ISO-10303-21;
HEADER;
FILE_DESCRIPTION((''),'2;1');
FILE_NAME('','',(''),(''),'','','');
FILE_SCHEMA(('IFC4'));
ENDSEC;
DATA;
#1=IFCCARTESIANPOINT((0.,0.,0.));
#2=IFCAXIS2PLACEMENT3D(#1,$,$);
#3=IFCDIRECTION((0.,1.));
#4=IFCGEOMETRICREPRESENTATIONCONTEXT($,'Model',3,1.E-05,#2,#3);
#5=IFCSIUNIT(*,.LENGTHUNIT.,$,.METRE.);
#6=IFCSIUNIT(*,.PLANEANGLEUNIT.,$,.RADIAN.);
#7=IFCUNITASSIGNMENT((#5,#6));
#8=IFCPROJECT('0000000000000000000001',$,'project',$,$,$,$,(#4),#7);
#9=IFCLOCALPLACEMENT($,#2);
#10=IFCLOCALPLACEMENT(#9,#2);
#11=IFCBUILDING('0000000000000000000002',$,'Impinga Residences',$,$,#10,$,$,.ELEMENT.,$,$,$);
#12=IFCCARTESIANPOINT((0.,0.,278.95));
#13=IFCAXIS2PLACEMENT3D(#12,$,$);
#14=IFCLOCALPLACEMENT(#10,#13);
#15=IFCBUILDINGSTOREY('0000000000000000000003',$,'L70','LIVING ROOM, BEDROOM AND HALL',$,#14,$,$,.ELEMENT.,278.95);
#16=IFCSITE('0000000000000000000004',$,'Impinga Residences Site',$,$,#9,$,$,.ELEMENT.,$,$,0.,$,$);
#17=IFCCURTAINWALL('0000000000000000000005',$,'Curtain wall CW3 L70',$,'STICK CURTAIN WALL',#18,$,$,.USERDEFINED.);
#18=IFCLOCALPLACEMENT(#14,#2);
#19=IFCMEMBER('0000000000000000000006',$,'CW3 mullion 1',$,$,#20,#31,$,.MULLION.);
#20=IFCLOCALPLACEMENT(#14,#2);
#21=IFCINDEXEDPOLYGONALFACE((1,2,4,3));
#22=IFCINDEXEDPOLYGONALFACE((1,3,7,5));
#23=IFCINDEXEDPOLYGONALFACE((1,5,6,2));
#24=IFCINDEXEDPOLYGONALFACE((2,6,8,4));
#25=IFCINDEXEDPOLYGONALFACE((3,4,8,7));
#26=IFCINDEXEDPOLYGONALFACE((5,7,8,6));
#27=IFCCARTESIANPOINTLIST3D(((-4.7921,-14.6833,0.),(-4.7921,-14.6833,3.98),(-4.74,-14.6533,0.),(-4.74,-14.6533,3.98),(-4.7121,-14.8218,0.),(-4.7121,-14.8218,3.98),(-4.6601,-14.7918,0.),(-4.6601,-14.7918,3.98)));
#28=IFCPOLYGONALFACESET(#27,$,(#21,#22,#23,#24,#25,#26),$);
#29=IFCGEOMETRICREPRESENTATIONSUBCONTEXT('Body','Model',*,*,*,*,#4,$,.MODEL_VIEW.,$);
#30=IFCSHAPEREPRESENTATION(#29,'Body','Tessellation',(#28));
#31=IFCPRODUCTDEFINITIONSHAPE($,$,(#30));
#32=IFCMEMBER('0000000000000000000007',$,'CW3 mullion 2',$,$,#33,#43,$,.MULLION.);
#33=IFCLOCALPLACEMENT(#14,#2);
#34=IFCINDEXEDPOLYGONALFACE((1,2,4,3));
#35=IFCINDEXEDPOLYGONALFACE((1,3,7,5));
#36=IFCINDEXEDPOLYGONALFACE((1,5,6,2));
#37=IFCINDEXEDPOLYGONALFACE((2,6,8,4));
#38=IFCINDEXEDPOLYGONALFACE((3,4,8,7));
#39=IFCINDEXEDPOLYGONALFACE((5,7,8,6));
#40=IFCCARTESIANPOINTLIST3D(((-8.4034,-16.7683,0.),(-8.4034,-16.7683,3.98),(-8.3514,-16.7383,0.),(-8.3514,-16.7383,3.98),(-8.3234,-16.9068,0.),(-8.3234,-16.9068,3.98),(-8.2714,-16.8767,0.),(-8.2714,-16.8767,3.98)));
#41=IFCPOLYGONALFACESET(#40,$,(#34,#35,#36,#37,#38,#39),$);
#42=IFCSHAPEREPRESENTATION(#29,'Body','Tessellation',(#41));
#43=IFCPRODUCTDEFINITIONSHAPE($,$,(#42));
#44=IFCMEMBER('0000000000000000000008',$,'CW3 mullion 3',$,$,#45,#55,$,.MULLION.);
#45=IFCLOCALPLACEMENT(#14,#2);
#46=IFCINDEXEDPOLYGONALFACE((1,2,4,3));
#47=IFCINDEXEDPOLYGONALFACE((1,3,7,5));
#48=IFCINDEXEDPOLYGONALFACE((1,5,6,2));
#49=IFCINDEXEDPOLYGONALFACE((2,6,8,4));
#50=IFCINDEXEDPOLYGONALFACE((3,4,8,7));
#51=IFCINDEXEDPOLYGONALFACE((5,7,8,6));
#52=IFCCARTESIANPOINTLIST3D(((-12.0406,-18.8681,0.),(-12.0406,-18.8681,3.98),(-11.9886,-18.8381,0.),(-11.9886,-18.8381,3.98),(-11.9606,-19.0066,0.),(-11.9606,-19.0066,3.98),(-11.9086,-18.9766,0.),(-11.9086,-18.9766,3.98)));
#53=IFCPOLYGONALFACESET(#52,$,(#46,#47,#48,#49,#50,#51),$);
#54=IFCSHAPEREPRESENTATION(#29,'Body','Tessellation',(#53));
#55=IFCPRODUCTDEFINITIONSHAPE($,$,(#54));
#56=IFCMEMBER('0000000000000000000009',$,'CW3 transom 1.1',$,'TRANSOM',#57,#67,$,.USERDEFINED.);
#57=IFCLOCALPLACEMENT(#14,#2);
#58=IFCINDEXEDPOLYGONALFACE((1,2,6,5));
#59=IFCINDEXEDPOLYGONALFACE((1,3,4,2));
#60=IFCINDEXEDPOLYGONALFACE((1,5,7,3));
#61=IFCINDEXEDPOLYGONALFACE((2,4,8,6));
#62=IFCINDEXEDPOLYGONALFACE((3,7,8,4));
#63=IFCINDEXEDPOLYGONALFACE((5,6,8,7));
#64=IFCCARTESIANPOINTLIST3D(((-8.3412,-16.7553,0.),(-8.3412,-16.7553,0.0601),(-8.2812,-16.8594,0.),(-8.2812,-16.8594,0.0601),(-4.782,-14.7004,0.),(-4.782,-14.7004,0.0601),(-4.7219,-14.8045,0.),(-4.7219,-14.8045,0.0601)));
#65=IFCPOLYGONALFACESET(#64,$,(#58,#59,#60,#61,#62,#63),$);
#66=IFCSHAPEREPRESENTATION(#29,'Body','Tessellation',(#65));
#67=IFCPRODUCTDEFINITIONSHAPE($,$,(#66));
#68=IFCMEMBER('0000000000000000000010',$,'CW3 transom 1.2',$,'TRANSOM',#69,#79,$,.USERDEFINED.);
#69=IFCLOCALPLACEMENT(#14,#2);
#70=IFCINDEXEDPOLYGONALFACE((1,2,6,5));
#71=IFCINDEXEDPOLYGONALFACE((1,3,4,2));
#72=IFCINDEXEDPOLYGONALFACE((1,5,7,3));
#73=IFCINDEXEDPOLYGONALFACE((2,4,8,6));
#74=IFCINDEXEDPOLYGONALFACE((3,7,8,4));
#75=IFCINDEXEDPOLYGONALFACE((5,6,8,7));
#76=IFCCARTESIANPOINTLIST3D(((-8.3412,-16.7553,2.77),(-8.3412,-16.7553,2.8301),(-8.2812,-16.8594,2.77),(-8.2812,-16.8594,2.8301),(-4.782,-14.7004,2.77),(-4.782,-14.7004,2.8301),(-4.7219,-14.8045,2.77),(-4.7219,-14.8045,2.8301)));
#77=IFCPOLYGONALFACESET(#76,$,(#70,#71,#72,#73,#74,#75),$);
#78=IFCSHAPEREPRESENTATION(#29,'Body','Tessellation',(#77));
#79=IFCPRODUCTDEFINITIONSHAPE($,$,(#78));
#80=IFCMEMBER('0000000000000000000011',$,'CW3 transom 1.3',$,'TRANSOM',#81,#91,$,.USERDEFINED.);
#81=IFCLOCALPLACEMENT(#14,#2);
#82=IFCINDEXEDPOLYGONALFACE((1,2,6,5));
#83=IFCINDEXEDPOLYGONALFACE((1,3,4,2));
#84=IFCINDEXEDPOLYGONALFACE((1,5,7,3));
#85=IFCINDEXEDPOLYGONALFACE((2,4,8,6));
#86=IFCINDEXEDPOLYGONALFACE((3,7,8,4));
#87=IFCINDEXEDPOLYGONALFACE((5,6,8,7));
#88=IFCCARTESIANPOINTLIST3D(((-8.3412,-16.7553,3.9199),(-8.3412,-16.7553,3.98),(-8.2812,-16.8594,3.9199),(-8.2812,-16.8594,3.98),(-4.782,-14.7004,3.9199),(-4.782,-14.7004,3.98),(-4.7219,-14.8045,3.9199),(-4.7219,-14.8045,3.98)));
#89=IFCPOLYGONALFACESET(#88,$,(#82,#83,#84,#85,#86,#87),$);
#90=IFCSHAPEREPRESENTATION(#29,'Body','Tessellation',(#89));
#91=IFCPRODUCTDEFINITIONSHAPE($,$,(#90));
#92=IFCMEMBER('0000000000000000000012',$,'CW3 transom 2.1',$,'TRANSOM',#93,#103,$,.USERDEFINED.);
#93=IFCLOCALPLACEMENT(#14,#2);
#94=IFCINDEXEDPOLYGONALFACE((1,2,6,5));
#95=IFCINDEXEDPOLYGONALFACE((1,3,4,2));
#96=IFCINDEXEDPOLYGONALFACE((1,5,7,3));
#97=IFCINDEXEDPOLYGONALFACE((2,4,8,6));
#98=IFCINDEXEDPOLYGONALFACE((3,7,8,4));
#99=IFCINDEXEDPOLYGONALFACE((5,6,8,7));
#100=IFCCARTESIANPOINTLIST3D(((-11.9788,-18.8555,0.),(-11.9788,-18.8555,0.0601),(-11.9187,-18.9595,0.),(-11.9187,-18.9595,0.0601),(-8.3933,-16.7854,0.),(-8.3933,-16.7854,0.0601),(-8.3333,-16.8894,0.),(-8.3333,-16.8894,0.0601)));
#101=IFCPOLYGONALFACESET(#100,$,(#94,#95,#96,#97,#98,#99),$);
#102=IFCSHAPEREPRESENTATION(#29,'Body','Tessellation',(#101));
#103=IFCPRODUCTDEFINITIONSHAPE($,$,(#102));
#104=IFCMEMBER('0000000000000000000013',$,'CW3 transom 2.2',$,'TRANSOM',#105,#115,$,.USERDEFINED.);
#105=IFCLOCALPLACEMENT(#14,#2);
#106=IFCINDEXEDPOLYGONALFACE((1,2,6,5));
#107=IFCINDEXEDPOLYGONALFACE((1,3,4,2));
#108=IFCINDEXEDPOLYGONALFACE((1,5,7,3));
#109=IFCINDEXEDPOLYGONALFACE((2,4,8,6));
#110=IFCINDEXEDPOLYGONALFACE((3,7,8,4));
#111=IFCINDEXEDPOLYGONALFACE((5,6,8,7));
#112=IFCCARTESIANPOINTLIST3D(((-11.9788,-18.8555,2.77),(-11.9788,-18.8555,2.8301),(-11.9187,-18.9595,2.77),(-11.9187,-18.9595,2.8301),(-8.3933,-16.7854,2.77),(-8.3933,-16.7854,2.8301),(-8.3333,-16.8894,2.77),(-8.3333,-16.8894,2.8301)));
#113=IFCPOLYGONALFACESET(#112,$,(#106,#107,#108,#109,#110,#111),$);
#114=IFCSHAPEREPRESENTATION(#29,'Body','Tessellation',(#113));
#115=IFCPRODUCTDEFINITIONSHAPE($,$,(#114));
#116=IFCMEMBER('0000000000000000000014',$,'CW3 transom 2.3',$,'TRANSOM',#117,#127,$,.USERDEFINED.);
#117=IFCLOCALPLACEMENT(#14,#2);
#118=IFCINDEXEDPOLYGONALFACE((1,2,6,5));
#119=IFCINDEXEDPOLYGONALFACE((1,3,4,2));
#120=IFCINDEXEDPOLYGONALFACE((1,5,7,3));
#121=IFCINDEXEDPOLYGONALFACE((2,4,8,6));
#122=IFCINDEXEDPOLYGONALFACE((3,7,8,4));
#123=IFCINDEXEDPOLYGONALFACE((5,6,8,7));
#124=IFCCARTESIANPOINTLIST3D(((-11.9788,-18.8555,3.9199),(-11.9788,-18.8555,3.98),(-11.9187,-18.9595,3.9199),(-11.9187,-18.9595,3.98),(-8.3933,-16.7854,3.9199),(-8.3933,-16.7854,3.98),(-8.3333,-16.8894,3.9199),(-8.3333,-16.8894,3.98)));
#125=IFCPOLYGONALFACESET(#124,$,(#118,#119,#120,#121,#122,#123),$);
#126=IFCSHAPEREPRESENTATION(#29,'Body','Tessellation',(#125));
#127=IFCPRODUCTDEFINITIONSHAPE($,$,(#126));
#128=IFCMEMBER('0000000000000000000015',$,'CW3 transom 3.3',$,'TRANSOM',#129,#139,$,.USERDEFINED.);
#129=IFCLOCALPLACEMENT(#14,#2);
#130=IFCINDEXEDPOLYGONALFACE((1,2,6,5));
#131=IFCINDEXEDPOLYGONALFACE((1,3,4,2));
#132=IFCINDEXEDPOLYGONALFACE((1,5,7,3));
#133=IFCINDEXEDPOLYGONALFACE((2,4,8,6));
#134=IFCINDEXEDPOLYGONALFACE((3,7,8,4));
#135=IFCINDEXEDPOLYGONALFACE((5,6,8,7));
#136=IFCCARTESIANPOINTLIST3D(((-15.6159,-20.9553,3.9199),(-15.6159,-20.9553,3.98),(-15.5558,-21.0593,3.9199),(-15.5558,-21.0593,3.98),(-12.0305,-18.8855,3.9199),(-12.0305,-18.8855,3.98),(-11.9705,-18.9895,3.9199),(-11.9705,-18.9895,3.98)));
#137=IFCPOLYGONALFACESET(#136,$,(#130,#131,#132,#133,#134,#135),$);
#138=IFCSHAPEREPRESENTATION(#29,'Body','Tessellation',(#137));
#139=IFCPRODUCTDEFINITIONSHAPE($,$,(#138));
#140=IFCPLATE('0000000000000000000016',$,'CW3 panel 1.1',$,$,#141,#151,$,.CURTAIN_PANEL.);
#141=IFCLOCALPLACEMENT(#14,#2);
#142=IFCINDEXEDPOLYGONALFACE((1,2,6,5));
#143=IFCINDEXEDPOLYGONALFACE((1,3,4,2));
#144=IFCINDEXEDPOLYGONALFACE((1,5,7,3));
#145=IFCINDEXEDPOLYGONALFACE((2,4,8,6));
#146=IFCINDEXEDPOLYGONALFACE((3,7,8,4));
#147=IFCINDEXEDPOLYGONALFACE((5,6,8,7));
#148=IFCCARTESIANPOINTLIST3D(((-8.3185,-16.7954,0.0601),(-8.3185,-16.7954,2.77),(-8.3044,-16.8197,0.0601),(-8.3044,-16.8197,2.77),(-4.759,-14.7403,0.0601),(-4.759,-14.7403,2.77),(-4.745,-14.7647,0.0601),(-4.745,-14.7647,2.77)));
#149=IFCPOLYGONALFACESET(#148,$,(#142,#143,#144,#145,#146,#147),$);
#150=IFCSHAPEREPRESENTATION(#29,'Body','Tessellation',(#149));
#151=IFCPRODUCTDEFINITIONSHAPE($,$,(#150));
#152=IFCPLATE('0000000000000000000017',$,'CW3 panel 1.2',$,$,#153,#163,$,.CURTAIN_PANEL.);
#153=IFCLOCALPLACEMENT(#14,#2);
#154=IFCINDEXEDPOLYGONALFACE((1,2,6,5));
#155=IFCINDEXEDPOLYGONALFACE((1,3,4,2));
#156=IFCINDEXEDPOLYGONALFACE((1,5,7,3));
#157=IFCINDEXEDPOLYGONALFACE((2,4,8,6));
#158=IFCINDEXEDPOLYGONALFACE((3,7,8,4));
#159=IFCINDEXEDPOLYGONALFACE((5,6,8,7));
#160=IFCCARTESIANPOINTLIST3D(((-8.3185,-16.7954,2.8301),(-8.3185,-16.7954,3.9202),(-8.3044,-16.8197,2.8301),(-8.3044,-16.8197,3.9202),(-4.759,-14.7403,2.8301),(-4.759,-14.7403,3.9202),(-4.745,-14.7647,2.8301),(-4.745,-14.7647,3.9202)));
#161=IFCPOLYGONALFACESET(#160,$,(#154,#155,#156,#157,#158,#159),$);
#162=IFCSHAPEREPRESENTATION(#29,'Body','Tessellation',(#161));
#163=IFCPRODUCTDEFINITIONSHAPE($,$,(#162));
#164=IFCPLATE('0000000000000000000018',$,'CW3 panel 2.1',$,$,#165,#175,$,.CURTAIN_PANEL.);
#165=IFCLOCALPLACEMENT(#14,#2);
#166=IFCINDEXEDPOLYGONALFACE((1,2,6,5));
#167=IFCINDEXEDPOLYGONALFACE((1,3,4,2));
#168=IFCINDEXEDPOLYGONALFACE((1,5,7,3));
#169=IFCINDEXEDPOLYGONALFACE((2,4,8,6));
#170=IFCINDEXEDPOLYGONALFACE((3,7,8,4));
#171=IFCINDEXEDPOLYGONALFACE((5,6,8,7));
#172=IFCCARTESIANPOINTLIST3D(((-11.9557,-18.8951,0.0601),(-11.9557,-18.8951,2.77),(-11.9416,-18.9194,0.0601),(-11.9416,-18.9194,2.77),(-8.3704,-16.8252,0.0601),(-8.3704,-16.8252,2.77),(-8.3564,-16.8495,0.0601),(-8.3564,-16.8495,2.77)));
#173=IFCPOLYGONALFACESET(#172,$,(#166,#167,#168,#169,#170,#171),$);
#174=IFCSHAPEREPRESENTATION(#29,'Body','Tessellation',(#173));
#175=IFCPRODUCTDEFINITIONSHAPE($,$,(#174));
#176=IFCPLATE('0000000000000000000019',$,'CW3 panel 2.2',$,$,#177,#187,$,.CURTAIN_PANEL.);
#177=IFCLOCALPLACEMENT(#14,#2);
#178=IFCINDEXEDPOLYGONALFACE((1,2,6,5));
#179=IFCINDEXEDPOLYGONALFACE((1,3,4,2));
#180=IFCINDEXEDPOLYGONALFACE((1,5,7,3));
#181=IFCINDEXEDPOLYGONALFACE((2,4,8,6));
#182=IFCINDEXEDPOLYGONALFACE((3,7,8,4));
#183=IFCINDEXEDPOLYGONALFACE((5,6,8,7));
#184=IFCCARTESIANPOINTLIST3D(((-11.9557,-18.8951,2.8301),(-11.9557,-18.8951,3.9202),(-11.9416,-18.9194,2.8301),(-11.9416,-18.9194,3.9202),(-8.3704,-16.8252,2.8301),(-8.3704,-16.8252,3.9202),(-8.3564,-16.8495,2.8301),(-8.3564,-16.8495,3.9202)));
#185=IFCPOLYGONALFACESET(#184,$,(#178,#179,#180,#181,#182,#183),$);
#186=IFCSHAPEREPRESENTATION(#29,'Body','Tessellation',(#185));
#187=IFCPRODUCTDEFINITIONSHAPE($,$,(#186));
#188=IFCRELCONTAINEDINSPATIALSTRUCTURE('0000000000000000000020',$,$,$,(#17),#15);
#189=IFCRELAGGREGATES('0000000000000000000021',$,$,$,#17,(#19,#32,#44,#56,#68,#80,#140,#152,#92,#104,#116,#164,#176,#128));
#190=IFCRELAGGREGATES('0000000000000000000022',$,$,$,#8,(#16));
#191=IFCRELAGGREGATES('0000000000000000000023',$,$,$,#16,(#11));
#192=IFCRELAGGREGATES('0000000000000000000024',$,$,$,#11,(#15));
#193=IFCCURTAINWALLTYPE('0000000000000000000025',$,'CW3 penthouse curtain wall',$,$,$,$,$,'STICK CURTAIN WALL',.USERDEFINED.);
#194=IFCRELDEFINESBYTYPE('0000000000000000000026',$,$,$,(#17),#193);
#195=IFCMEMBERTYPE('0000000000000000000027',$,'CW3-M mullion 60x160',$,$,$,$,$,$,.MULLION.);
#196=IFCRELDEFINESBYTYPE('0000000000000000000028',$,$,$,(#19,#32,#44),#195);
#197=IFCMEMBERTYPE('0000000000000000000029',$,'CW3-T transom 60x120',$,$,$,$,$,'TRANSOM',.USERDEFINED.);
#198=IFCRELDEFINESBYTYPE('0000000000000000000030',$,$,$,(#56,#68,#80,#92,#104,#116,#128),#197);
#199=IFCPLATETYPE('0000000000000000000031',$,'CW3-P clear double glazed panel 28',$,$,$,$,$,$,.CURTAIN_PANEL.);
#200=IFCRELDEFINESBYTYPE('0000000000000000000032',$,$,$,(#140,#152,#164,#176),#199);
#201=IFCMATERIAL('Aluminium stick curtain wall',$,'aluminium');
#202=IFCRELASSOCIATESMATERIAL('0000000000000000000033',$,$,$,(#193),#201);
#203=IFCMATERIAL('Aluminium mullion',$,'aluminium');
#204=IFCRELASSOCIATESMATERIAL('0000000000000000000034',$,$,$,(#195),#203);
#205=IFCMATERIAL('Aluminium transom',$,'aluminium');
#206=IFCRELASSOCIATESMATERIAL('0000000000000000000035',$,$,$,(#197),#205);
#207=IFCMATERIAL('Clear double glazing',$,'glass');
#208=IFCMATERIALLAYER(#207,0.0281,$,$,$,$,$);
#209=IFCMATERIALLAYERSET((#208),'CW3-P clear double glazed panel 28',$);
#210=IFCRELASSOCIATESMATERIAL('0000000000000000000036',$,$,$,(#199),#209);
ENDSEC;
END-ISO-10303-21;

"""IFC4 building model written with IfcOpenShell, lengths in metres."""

from ifc_helpers import new_model, si_unit, direction, frame, origin, origin_2d, place, context, subcontext, project, spatial, rectangle, extrude, material, layer, layer_set, material_profile, profile_set, type_object, element, aggregate, save


model = new_model("IFC4")

# Units and contexts
model_context = context("Model", 3, precision=1e-05, world=origin(), true_north=direction((0.0, 1.0)))
body_context = subcontext(model_context, "Body", "Model", "MODEL_VIEW")
ifc_project = project(units=[si_unit("LENGTHUNIT", "METRE"), si_unit("PLANEANGLEUNIT", "RADIAN")], contexts=[model_context])

# Site, building, storey
site_placement = place(None, origin())
site = spatial("IfcSite", under=ifc_project, at=site_placement, Name="Impinga Residences Site", CompositionType="ELEMENT", RefElevation=0.0)
building_placement = place(site_placement, origin())
building = spatial("IfcBuilding", under=site, at=building_placement, Name="Impinga Residences", CompositionType="ELEMENT")
storey_placement = place(building_placement, frame((0.0, 0.0, 278.95)))
storey = spatial("IfcBuildingStorey", under=building, at=storey_placement, Name="L70", Description="LIVING ROOM, BEDROOM AND HALL", CompositionType="ELEMENT", Elevation=278.95)

# Curtain wall, members, plates
ifc_material_1 = material(Name="Aluminium stick curtain wall", Category="aluminium")
curtain_wall_type = type_object("IfcCurtainWallType", Name="CW3 penthouse curtain wall", ElementType="STICK CURTAIN WALL", PredefinedType="USERDEFINED", material=ifc_material_1)
curtain_wall_placement = place(storey_placement, origin())
curtain_wall = element("IfcCurtainWall", 1, at=curtain_wall_placement, inside=storey, type_object=curtain_wall_type, Name="Curtain wall CW3 L70", ObjectType="STICK CURTAIN WALL", PredefinedType="USERDEFINED")
ifc_material_2 = material(Name="Aluminium mullion", Category="aluminium")
ifc_material_profile_1 = material_profile(ifc_material_2, rectangle(XDim=0.0601, YDim=0.1599, at=origin_2d()), Name="60x160 mullion")
ifc_profile_set_1 = profile_set([ifc_material_profile_1], Name="Aluminium mullion")
member_type_1 = type_object("IfcMemberType", Name="CW3-M mullion 60x160", PredefinedType="MULLION", material=ifc_profile_set_1)
member_1_placement = place(storey_placement, frame((-4.7261, -14.7375, 0.0), z_axis=(0.0, 0.0, 1.0), x_axis=(-0.866025, -0.5, 0.0)))
member_1 = element("IfcMember", 2, at=member_1_placement, type_object=member_type_1, Name="CW3 mullion 1", PredefinedType="MULLION", context=body_context, shape_type="SweptSolid", body=[
    extrude(rectangle(XDim=0.0601, YDim=0.1599, at=origin_2d()), origin(), (0.0, 0.0, 1.0), 3.98),
])
member_2_placement = place(storey_placement, frame((-8.3374, -16.8225, 0.0), z_axis=(0.0, 0.0, 1.0), x_axis=(-0.866025, -0.5, 0.0)))
member_2 = element("IfcMember", 3, at=member_2_placement, type_object=member_type_1, Name="CW3 mullion 2", PredefinedType="MULLION", context=body_context, shape_type="SweptSolid", body=[
    extrude(rectangle(XDim=0.0601, YDim=0.1599, at=origin_2d()), origin(), (0.0, 0.0, 1.0), 3.98),
])
member_3_placement = place(storey_placement, frame((-11.9746, -18.9224, 0.0), z_axis=(0.0, 0.0, 1.0), x_axis=(-0.866025, -0.5, 0.0)))
member_3 = element("IfcMember", 4, at=member_3_placement, type_object=member_type_1, Name="CW3 mullion 3", PredefinedType="MULLION", context=body_context, shape_type="SweptSolid", body=[
    extrude(rectangle(XDim=0.0601, YDim=0.1599, at=origin_2d()), origin(), (0.0, 0.0, 1.0), 3.98),
])
ifc_material_3 = material(Name="Aluminium transom", Category="aluminium")
ifc_material_profile_2 = material_profile(ifc_material_3, rectangle(XDim=0.0601, YDim=0.1201, at=origin_2d()), Name="60x120 transom")
ifc_profile_set_2 = profile_set([ifc_material_profile_2], Name="Aluminium transom")
member_type_2 = type_object("IfcMemberType", Name="CW3-T transom 60x120", ElementType="TRANSOM", PredefinedType="USERDEFINED", material=ifc_profile_set_2)
member_4_placement = place(storey_placement, frame((-4.752, -14.7524, 0.03), z_axis=(-0.86603, -0.499992, 0.0), x_axis=(0.0, 0.0, 1.0)))
member_4 = element("IfcMember", 5, at=member_4_placement, type_object=member_type_2, Name="CW3 transom 1.1", ObjectType="TRANSOM", PredefinedType="USERDEFINED", context=body_context, shape_type="SweptSolid", body=[
    extrude(rectangle(XDim=0.0601, YDim=0.1201, at=origin_2d()), origin(), (0.0, 0.0, 1.0), 4.1099),
])
member_5_placement = place(storey_placement, frame((-4.752, -14.7524, 2.8), z_axis=(-0.86603, -0.499992, 0.0), x_axis=(0.0, 0.0, 1.0)))
member_5 = element("IfcMember", 6, at=member_5_placement, type_object=member_type_2, Name="CW3 transom 1.2", ObjectType="TRANSOM", PredefinedType="USERDEFINED", context=body_context, shape_type="SweptSolid", body=[
    extrude(rectangle(XDim=0.0601, YDim=0.1201, at=origin_2d()), origin(), (0.0, 0.0, 1.0), 4.1099),
])
member_6_placement = place(storey_placement, frame((-4.752, -14.7524, 3.95), z_axis=(-0.86603, -0.499992, 0.0), x_axis=(0.0, 0.0, 1.0)))
member_6 = element("IfcMember", 7, at=member_6_placement, type_object=member_type_2, Name="CW3 transom 1.3", ObjectType="TRANSOM", PredefinedType="USERDEFINED", context=body_context, shape_type="SweptSolid", body=[
    extrude(rectangle(XDim=0.0601, YDim=0.1201, at=origin_2d()), origin(), (0.0, 0.0, 1.0), 4.1099),
])
member_7_placement = place(storey_placement, frame((-8.3633, -16.8374, 0.03), z_axis=(-0.866025, -0.500002, 0.0), x_axis=(0.0, 0.0, 1.0)))
member_7 = element("IfcMember", 8, at=member_7_placement, type_object=member_type_2, Name="CW3 transom 2.1", ObjectType="TRANSOM", PredefinedType="USERDEFINED", context=body_context, shape_type="SweptSolid", body=[
    extrude(rectangle(XDim=0.0601, YDim=0.1201, at=origin_2d()), origin(), (0.0, 0.0, 1.0), 4.1401),
])
member_8_placement = place(storey_placement, frame((-8.3633, -16.8374, 2.8), z_axis=(-0.866025, -0.500002, 0.0), x_axis=(0.0, 0.0, 1.0)))
member_8 = element("IfcMember", 9, at=member_8_placement, type_object=member_type_2, Name="CW3 transom 2.2", ObjectType="TRANSOM", PredefinedType="USERDEFINED", context=body_context, shape_type="SweptSolid", body=[
    extrude(rectangle(XDim=0.0601, YDim=0.1201, at=origin_2d()), origin(), (0.0, 0.0, 1.0), 4.1401),
])
member_9_placement = place(storey_placement, frame((-8.3633, -16.8374, 3.95), z_axis=(-0.866025, -0.500002, 0.0), x_axis=(0.0, 0.0, 1.0)))
member_9 = element("IfcMember", 10, at=member_9_placement, type_object=member_type_2, Name="CW3 transom 2.3", ObjectType="TRANSOM", PredefinedType="USERDEFINED", context=body_context, shape_type="SweptSolid", body=[
    extrude(rectangle(XDim=0.0601, YDim=0.1201, at=origin_2d()), origin(), (0.0, 0.0, 1.0), 4.1401),
])
member_10_placement = place(storey_placement, frame((-12.0005, -18.9375, 3.95), z_axis=(-0.86605, -0.499957, 0.0), x_axis=(0.0, 0.0, 1.0)))
member_10 = element("IfcMember", 11, at=member_10_placement, type_object=member_type_2, Name="CW3 transom 3.3", ObjectType="TRANSOM", PredefinedType="USERDEFINED", context=body_context, shape_type="SweptSolid", body=[
    extrude(rectangle(XDim=0.0601, YDim=0.1201, at=origin_2d()), origin(), (0.0, 0.0, 1.0), 4.1399),
])
ifc_material_4 = material(Name="Clear double glazing", Category="glass")
ifc_layer_1 = layer(ifc_material_4, 0.0281)
ifc_layer_set_1 = layer_set([ifc_layer_1], Name="CW3-P clear double glazed panel 28")
plate_type = type_object("IfcPlateType", Name="CW3-P clear double glazed panel 28", PredefinedType="CURTAIN_PANEL", material=ifc_layer_set_1)
plate_1_placement = place(storey_placement, frame((-6.5317, -15.78, 0.0601), z_axis=(0.0, 0.0, 1.0), x_axis=(-0.866025, -0.5, 0.0)))
plate_1 = element("IfcPlate", 12, at=plate_1_placement, type_object=plate_type, Name="CW3 panel 1.1", PredefinedType="CURTAIN_PANEL", context=body_context, shape_type="SweptSolid", body=[
    extrude(rectangle(XDim=4.1101, YDim=0.0281, at=origin_2d()), origin(), (0.0, 0.0, 1.0), 2.71),
])
plate_2_placement = place(storey_placement, frame((-6.5317, -15.78, 2.8301), z_axis=(0.0, 0.0, 1.0), x_axis=(-0.866025, -0.5, 0.0)))
plate_2 = element("IfcPlate", 13, at=plate_2_placement, type_object=plate_type, Name="CW3 panel 1.2", PredefinedType="CURTAIN_PANEL", context=body_context, shape_type="SweptSolid", body=[
    extrude(rectangle(XDim=4.1101, YDim=0.0281, at=origin_2d()), origin(), (0.0, 0.0, 1.0), 1.0901),
])
plate_3_placement = place(storey_placement, frame((-10.156, -17.8723, 0.0601), z_axis=(0.0, 0.0, 1.0), x_axis=(-0.866025, -0.5, 0.0)))
plate_3 = element("IfcPlate", 14, at=plate_3_placement, type_object=plate_type, Name="CW3 panel 2.1", PredefinedType="CURTAIN_PANEL", context=body_context, shape_type="SweptSolid", body=[
    extrude(rectangle(XDim=4.1399, YDim=0.0281, at=origin_2d()), origin(), (0.0, 0.0, 1.0), 2.71),
])
plate_4_placement = place(storey_placement, frame((-10.156, -17.8723, 2.8301), z_axis=(0.0, 0.0, 1.0), x_axis=(-0.866025, -0.5, 0.0)))
plate_4 = element("IfcPlate", 15, at=plate_4_placement, type_object=plate_type, Name="CW3 panel 2.2", PredefinedType="CURTAIN_PANEL", context=body_context, shape_type="SweptSolid", body=[
    extrude(rectangle(XDim=4.1399, YDim=0.0281, at=origin_2d()), origin(), (0.0, 0.0, 1.0), 1.0901),
])
aggregate(curtain_wall, [member_1, member_2, member_3, member_4, member_5, member_6, plate_1, plate_2, member_7, member_8, member_9, plate_3, plate_4, member_10])

save(model, "model.ifc")
